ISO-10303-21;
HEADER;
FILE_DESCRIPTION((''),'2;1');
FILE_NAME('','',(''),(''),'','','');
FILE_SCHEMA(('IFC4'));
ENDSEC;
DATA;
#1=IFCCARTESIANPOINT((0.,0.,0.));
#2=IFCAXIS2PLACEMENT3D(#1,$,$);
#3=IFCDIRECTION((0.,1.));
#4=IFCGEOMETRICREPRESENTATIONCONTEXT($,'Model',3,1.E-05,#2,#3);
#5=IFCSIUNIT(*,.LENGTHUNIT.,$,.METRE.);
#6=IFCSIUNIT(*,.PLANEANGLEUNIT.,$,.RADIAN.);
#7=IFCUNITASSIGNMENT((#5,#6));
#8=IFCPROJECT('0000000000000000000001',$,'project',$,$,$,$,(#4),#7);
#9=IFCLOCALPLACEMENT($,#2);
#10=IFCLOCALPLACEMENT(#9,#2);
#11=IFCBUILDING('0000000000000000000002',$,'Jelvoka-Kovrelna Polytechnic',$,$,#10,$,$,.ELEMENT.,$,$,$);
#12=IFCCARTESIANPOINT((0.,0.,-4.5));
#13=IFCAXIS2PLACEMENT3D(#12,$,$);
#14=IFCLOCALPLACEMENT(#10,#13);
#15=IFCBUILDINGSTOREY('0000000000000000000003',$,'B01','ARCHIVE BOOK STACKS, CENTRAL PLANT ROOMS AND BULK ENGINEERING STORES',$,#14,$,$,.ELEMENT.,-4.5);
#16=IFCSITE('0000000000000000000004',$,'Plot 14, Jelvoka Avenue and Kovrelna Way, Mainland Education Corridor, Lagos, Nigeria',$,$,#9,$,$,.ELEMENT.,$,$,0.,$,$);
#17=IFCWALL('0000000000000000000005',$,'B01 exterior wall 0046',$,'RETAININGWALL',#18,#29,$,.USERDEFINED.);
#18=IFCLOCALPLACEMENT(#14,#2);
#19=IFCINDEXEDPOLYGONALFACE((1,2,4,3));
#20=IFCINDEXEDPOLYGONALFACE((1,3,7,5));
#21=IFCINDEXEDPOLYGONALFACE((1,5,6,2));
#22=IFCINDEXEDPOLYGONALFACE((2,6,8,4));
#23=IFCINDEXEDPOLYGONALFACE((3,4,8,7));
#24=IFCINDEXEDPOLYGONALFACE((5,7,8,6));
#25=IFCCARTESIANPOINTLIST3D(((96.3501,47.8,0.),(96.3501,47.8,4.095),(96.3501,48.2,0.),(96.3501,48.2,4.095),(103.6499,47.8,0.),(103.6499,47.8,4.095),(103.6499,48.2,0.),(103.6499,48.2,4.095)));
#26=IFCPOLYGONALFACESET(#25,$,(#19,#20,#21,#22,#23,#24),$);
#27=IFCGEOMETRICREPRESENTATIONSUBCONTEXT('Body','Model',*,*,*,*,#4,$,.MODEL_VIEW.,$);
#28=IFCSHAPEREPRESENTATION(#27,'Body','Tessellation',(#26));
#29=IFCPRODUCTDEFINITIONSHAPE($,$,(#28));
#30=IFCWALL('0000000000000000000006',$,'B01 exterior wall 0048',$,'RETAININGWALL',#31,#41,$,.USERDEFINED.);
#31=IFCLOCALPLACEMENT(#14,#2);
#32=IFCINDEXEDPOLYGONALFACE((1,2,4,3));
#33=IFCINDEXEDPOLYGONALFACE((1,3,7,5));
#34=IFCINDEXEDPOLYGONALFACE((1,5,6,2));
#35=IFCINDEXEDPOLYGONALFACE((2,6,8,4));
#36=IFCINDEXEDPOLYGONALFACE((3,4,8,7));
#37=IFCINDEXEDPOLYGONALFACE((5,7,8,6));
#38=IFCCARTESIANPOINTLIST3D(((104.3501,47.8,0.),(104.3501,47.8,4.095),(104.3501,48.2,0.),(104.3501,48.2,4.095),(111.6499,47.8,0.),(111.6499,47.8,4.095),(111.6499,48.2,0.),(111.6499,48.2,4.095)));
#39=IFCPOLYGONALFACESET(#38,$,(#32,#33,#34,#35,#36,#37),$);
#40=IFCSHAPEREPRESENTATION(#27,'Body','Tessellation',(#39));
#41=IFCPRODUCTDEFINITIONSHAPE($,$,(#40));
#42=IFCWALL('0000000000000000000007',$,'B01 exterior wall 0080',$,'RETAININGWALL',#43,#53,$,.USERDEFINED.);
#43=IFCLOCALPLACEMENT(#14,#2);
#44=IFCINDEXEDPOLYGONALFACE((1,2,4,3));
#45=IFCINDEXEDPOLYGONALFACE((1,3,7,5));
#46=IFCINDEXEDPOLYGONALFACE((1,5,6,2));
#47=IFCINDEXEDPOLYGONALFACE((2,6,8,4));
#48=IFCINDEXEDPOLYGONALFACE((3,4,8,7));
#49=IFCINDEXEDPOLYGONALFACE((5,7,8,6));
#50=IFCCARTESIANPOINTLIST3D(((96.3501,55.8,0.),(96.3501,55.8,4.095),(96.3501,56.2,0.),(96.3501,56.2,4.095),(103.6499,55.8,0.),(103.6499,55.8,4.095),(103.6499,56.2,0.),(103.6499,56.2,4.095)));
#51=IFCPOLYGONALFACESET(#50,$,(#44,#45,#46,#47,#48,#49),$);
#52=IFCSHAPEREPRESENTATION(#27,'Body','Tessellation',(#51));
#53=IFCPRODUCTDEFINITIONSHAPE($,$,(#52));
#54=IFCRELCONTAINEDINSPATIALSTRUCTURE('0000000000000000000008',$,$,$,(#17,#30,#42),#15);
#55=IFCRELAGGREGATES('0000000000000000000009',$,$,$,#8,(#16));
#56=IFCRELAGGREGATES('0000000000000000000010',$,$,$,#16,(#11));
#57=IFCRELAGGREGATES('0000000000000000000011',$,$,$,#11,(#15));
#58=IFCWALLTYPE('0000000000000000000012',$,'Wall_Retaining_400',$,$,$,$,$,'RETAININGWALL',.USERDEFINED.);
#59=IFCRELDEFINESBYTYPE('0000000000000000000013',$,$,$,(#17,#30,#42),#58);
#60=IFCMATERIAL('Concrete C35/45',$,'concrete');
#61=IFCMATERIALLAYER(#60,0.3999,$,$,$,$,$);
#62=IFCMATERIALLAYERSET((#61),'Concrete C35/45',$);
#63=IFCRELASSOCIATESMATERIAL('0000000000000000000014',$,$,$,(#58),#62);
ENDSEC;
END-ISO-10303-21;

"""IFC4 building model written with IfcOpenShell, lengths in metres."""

from ifc_helpers import new_model, si_unit, direction, frame, frame_2d, origin, place, context, subcontext, project, spatial, rectangle, extrude, material, layer, layer_set, type_object, element, save


model = new_model("IFC4")

# Units and contexts
model_context = context("Model", 3, precision=1e-05, world=origin(), true_north=direction((0.0, 1.0)))
body_context = subcontext(model_context, "Body", "Model", "MODEL_VIEW")
ifc_project = project(units=[si_unit("LENGTHUNIT", "METRE"), si_unit("PLANEANGLEUNIT", "RADIAN")], contexts=[model_context])

# Site, building, storey
site_placement = place(None, origin())
site = spatial("IfcSite", under=ifc_project, at=site_placement, Name="Plot 14, Jelvoka Avenue and Kovrelna Way, Mainland Education Corridor, Lagos, Nigeria", CompositionType="ELEMENT", RefElevation=0.0)
building_placement = place(site_placement, origin())
building = spatial("IfcBuilding", under=site, at=building_placement, Name="Jelvoka-Kovrelna Polytechnic", CompositionType="ELEMENT")
storey_placement = place(building_placement, frame((0.0, 0.0, -4.5)))
storey = spatial("IfcBuildingStorey", under=building, at=storey_placement, Name="B01", Description="ARCHIVE BOOK STACKS, CENTRAL PLANT ROOMS AND BULK ENGINEERING STORES", CompositionType="ELEMENT", Elevation=-4.5)

# Walls
ifc_material_1 = material(Name="Concrete C35/45", Category="concrete")
ifc_layer = layer(ifc_material_1, 0.3999)
ifc_layer_set = layer_set([ifc_layer], Name="Concrete C35/45")
wall_type = type_object("IfcWallType", Name="Wall_Retaining_400", ElementType="RETAININGWALL", PredefinedType="USERDEFINED", material=ifc_layer_set)
for number, where, z_axis, x_axis, name in (
    (1, (96.3501, 48.0, 0.0), (0.0, 0.0, 1.0), (1.0, 0.0, 0.0), "B01 exterior wall 0046"),
    (2, (104.3501, 48.0, 0.0), (0.0, 0.0, 1.0), (1.0, 0.0, 0.0), "B01 exterior wall 0048"),
    (3, (103.6499, 56.0, 0.0), (0.0, 0.0, 1.0), (-1.0, 0.0, 0.0), "B01 exterior wall 0080"),
):
    element("IfcWall", number, at=place(storey_placement, frame(where, z_axis=z_axis, x_axis=x_axis)), inside=storey, type_object=wall_type, Name=name, ObjectType="RETAININGWALL", PredefinedType="USERDEFINED", context=body_context, shape_type="SweptSolid", body=[
        extrude(rectangle(XDim=7.2998, YDim=0.3999, at=frame_2d((3.6499, 0.0))), origin(), (0.0, 0.0, 1.0), 4.095),
    ])

save(model, "model.ifc")
